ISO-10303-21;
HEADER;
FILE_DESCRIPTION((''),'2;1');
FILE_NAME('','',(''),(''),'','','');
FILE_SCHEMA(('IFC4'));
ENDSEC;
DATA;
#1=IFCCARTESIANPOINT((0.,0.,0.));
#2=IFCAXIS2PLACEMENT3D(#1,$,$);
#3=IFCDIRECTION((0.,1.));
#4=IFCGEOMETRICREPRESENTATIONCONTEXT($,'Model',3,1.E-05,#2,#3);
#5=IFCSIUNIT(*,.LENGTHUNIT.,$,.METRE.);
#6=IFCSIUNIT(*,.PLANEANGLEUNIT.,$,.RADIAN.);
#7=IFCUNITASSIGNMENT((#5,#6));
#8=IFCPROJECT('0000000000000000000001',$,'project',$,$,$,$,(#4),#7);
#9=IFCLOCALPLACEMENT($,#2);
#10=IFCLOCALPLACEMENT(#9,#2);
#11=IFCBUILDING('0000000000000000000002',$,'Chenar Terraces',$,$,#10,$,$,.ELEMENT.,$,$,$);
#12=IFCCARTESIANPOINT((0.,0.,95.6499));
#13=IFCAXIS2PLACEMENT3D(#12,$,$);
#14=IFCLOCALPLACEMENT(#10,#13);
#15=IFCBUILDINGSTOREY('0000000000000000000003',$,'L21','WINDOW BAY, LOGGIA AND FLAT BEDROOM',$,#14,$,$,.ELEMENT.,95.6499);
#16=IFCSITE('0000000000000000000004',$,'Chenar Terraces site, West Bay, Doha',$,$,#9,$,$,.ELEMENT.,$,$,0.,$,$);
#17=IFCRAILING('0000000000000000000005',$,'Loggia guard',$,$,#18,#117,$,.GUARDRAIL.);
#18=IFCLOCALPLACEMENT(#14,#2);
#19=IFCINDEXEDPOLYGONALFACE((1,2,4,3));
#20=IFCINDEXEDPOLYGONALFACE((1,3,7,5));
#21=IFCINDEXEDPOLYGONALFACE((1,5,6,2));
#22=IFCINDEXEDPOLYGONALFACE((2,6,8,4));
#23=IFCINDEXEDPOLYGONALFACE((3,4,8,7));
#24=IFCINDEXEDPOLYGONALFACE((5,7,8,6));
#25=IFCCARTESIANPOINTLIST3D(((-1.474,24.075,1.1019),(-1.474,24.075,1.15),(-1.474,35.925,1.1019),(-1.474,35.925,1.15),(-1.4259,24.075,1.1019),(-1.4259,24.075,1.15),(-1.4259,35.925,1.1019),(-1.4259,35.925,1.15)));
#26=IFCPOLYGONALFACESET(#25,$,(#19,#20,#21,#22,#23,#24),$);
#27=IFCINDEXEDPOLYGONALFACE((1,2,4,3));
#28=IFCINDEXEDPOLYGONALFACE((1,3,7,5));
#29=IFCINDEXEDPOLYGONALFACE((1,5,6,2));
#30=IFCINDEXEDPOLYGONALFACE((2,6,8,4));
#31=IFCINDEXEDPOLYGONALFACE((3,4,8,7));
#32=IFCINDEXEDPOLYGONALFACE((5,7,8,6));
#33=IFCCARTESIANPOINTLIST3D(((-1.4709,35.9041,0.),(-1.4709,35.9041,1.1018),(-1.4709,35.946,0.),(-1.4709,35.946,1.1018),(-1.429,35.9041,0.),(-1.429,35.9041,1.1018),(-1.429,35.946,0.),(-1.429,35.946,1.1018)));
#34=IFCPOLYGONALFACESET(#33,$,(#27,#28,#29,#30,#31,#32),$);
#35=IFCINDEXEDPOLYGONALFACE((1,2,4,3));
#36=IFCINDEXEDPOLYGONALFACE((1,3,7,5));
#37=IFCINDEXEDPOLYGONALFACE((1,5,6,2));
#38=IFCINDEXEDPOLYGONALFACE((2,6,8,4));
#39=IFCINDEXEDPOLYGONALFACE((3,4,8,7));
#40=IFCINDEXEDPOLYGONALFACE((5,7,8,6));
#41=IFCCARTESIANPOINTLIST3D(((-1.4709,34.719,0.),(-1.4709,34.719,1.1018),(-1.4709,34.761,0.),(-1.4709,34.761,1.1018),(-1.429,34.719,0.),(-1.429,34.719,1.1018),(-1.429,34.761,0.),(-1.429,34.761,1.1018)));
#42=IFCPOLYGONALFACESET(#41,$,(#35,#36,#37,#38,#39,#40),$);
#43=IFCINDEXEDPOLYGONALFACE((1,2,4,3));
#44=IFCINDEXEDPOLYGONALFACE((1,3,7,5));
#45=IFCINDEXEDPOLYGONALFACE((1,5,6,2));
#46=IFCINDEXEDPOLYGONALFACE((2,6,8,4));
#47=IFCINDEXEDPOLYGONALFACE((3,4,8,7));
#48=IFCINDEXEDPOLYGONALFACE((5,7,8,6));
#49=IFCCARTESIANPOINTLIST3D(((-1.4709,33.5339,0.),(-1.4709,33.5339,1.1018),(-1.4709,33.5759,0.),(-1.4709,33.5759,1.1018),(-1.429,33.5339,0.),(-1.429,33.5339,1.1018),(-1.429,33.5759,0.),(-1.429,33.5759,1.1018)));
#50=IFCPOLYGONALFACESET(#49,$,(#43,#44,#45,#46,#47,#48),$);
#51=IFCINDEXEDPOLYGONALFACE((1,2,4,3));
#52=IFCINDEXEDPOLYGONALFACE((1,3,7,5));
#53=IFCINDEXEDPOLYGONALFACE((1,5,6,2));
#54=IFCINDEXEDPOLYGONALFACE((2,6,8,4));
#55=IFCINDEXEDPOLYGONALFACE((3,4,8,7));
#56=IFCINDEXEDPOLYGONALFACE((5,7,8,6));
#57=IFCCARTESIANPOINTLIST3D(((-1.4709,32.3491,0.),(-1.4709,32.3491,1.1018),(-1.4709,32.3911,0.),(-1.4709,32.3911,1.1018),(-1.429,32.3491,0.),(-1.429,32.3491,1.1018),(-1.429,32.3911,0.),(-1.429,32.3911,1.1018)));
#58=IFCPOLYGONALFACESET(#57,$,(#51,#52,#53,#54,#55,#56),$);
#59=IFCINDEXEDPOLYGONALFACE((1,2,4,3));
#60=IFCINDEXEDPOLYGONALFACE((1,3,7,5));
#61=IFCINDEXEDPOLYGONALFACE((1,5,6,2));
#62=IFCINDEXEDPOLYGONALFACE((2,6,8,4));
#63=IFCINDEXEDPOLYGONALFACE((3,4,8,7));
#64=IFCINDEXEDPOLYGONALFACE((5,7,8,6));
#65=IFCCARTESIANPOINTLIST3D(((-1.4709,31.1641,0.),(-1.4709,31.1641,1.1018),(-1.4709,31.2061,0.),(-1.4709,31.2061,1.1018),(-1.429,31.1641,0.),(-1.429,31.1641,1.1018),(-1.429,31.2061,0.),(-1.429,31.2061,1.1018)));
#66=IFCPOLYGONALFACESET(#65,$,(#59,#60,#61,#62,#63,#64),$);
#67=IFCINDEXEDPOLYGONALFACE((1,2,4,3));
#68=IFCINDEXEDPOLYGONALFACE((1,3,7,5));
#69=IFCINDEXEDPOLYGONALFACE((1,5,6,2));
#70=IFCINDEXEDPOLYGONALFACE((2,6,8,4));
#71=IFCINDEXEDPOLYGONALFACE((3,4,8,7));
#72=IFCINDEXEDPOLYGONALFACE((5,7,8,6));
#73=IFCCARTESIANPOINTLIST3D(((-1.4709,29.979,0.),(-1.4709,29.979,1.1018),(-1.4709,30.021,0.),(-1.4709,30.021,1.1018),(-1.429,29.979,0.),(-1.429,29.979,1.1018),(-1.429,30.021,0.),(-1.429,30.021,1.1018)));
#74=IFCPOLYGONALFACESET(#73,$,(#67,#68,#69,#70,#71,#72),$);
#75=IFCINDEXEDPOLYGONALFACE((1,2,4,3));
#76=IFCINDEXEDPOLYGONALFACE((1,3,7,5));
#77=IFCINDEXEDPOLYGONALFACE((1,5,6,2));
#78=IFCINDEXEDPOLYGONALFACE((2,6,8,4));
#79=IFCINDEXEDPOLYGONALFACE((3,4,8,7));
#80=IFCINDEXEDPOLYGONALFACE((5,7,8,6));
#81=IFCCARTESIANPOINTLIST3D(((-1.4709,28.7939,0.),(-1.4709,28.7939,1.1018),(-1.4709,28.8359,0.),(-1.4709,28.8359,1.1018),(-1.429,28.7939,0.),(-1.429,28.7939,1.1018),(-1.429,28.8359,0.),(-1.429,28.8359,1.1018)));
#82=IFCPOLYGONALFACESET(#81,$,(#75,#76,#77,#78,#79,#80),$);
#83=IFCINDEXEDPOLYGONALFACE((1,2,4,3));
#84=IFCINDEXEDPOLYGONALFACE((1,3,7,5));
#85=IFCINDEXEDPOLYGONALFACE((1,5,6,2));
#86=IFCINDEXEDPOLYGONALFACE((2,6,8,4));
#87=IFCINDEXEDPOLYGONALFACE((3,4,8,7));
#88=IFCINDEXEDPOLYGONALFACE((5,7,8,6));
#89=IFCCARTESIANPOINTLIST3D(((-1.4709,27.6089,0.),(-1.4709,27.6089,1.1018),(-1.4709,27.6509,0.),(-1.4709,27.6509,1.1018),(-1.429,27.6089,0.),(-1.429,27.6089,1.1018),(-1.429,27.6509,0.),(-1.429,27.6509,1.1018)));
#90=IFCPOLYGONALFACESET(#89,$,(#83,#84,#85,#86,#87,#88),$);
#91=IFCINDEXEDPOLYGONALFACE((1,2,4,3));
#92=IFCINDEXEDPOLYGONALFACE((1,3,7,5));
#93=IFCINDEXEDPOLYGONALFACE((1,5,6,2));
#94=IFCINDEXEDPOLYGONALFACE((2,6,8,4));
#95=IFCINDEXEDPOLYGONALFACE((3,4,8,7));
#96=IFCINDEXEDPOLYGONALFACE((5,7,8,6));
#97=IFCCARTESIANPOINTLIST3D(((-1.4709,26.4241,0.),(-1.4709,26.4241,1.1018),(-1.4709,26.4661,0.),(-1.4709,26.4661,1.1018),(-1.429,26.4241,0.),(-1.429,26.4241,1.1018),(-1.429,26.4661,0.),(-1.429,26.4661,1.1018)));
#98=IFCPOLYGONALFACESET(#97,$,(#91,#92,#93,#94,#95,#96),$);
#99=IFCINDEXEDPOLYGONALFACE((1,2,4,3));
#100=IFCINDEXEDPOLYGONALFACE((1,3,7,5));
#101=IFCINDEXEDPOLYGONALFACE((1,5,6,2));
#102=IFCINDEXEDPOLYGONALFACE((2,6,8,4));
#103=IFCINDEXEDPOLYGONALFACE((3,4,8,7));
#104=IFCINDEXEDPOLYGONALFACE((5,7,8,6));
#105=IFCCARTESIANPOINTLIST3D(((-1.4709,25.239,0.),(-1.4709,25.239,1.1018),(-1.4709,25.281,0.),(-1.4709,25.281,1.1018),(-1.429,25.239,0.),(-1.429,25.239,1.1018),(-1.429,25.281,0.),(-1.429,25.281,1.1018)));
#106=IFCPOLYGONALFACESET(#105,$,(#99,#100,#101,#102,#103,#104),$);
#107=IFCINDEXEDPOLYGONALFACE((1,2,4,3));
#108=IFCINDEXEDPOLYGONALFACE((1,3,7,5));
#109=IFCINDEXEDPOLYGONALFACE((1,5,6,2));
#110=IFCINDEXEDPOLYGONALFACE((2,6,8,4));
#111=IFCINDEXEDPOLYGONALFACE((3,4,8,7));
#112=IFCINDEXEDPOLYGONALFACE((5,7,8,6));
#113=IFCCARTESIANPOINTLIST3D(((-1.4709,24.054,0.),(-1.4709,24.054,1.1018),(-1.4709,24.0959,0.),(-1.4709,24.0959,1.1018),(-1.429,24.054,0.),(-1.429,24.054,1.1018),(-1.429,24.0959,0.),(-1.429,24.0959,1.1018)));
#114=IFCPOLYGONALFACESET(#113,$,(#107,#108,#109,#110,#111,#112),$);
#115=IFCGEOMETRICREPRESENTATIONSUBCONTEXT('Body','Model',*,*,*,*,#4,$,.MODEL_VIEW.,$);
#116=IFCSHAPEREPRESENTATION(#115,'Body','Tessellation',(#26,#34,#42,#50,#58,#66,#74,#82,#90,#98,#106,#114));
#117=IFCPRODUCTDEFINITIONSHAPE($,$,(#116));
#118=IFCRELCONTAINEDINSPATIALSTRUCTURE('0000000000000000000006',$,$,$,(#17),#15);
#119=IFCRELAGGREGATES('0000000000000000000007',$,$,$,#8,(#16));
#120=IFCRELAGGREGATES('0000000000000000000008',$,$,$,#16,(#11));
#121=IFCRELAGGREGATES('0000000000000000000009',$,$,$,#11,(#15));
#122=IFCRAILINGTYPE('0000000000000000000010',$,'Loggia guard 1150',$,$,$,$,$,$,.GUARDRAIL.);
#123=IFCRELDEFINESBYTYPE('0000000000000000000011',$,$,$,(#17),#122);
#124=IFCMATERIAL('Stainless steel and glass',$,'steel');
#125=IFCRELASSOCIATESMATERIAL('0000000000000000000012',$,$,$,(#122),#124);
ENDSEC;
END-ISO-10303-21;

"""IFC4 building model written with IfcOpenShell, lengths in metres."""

from ifc_helpers import new_model, si_unit, direction, frame, origin, origin_2d, place, context, subcontext, project, spatial, rectangle, extrude, material, type_object, element, save


model = new_model("IFC4")

# Units and contexts
model_context = context("Model", 3, precision=1e-05, world=origin(), true_north=direction((0.0, 1.0)))
body_context = subcontext(model_context, "Body", "Model", "MODEL_VIEW")
ifc_project = project(units=[si_unit("LENGTHUNIT", "METRE"), si_unit("PLANEANGLEUNIT", "RADIAN")], contexts=[model_context])

# Site, building, storey
site_placement = place(None, origin())
site = spatial("IfcSite", under=ifc_project, at=site_placement, Name="Chenar Terraces site, West Bay, Doha", CompositionType="ELEMENT", RefElevation=0.0)
building_placement = place(site_placement, origin())
building = spatial("IfcBuilding", under=site, at=building_placement, Name="Chenar Terraces", CompositionType="ELEMENT")
storey_placement = place(building_placement, frame((0.0, 0.0, 95.6499)))
storey = spatial("IfcBuildingStorey", under=building, at=storey_placement, Name="L21", Description="WINDOW BAY, LOGGIA AND FLAT BEDROOM", CompositionType="ELEMENT", Elevation=95.6499)

# Railing
ifc_material_1 = material(Name="Stainless steel and glass", Category="steel")
railing_type_1 = type_object("IfcRailingType", Name="Loggia guard 1150", PredefinedType="GUARDRAIL", material=ifc_material_1)
railing_1_placement = place(storey_placement, frame((-1.45, 35.925, 0.0)))
element("IfcRailing", 1, at=railing_1_placement, inside=storey, type_object=railing_type_1, Name="Loggia guard", PredefinedType="GUARDRAIL", context=body_context, shape_type="SweptSolid", body=[
    extrude(rectangle(XDim=0.0481, YDim=0.0481, at=origin_2d()), frame((0.0, 0.0, 1.126), z_axis=(0.0, -1.0, 0.0), x_axis=(1.0, 0.0, 0.0)), (0.0, 0.0, 1.0), 11.8501),
    extrude(rectangle(XDim=0.042, YDim=0.042, at=origin_2d()), origin(), (0.0, 0.0, 1.0), 1.1018),
    extrude(rectangle(XDim=0.042, YDim=0.042, at=origin_2d()), frame((0.0, -1.1851, 0.0)), (0.0, 0.0, 1.0), 1.1018),
    extrude(rectangle(XDim=0.042, YDim=0.042, at=origin_2d()), frame((0.0, -2.3701, 0.0)), (0.0, 0.0, 1.0), 1.1018),
    extrude(rectangle(XDim=0.042, YDim=0.042, at=origin_2d()), frame((0.0, -3.5549, 0.0)), (0.0, 0.0, 1.0), 1.1018),
    extrude(rectangle(XDim=0.042, YDim=0.042, at=origin_2d()), frame((0.0, -4.74, 0.0)), (0.0, 0.0, 1.0), 1.1018),
    extrude(rectangle(XDim=0.042, YDim=0.042, at=origin_2d()), frame((0.0, -5.925, 0.0)), (0.0, 0.0, 1.0), 1.1018),
    extrude(rectangle(XDim=0.042, YDim=0.042, at=origin_2d()), frame((0.0, -7.1101, 0.0)), (0.0, 0.0, 1.0), 1.1018),
    extrude(rectangle(XDim=0.042, YDim=0.042, at=origin_2d()), frame((0.0, -8.2952, 0.0)), (0.0, 0.0, 1.0), 1.1018),
    extrude(rectangle(XDim=0.042, YDim=0.042, at=origin_2d()), frame((0.0, -9.48, 0.0)), (0.0, 0.0, 1.0), 1.1018),
    extrude(rectangle(XDim=0.042, YDim=0.042, at=origin_2d()), frame((0.0, -10.665, 0.0)), (0.0, 0.0, 1.0), 1.1018),
    extrude(rectangle(XDim=0.042, YDim=0.042, at=origin_2d()), frame((0.0, -11.8501, 0.0)), (0.0, 0.0, 1.0), 1.1018),
])

save(model, "model.ifc")
